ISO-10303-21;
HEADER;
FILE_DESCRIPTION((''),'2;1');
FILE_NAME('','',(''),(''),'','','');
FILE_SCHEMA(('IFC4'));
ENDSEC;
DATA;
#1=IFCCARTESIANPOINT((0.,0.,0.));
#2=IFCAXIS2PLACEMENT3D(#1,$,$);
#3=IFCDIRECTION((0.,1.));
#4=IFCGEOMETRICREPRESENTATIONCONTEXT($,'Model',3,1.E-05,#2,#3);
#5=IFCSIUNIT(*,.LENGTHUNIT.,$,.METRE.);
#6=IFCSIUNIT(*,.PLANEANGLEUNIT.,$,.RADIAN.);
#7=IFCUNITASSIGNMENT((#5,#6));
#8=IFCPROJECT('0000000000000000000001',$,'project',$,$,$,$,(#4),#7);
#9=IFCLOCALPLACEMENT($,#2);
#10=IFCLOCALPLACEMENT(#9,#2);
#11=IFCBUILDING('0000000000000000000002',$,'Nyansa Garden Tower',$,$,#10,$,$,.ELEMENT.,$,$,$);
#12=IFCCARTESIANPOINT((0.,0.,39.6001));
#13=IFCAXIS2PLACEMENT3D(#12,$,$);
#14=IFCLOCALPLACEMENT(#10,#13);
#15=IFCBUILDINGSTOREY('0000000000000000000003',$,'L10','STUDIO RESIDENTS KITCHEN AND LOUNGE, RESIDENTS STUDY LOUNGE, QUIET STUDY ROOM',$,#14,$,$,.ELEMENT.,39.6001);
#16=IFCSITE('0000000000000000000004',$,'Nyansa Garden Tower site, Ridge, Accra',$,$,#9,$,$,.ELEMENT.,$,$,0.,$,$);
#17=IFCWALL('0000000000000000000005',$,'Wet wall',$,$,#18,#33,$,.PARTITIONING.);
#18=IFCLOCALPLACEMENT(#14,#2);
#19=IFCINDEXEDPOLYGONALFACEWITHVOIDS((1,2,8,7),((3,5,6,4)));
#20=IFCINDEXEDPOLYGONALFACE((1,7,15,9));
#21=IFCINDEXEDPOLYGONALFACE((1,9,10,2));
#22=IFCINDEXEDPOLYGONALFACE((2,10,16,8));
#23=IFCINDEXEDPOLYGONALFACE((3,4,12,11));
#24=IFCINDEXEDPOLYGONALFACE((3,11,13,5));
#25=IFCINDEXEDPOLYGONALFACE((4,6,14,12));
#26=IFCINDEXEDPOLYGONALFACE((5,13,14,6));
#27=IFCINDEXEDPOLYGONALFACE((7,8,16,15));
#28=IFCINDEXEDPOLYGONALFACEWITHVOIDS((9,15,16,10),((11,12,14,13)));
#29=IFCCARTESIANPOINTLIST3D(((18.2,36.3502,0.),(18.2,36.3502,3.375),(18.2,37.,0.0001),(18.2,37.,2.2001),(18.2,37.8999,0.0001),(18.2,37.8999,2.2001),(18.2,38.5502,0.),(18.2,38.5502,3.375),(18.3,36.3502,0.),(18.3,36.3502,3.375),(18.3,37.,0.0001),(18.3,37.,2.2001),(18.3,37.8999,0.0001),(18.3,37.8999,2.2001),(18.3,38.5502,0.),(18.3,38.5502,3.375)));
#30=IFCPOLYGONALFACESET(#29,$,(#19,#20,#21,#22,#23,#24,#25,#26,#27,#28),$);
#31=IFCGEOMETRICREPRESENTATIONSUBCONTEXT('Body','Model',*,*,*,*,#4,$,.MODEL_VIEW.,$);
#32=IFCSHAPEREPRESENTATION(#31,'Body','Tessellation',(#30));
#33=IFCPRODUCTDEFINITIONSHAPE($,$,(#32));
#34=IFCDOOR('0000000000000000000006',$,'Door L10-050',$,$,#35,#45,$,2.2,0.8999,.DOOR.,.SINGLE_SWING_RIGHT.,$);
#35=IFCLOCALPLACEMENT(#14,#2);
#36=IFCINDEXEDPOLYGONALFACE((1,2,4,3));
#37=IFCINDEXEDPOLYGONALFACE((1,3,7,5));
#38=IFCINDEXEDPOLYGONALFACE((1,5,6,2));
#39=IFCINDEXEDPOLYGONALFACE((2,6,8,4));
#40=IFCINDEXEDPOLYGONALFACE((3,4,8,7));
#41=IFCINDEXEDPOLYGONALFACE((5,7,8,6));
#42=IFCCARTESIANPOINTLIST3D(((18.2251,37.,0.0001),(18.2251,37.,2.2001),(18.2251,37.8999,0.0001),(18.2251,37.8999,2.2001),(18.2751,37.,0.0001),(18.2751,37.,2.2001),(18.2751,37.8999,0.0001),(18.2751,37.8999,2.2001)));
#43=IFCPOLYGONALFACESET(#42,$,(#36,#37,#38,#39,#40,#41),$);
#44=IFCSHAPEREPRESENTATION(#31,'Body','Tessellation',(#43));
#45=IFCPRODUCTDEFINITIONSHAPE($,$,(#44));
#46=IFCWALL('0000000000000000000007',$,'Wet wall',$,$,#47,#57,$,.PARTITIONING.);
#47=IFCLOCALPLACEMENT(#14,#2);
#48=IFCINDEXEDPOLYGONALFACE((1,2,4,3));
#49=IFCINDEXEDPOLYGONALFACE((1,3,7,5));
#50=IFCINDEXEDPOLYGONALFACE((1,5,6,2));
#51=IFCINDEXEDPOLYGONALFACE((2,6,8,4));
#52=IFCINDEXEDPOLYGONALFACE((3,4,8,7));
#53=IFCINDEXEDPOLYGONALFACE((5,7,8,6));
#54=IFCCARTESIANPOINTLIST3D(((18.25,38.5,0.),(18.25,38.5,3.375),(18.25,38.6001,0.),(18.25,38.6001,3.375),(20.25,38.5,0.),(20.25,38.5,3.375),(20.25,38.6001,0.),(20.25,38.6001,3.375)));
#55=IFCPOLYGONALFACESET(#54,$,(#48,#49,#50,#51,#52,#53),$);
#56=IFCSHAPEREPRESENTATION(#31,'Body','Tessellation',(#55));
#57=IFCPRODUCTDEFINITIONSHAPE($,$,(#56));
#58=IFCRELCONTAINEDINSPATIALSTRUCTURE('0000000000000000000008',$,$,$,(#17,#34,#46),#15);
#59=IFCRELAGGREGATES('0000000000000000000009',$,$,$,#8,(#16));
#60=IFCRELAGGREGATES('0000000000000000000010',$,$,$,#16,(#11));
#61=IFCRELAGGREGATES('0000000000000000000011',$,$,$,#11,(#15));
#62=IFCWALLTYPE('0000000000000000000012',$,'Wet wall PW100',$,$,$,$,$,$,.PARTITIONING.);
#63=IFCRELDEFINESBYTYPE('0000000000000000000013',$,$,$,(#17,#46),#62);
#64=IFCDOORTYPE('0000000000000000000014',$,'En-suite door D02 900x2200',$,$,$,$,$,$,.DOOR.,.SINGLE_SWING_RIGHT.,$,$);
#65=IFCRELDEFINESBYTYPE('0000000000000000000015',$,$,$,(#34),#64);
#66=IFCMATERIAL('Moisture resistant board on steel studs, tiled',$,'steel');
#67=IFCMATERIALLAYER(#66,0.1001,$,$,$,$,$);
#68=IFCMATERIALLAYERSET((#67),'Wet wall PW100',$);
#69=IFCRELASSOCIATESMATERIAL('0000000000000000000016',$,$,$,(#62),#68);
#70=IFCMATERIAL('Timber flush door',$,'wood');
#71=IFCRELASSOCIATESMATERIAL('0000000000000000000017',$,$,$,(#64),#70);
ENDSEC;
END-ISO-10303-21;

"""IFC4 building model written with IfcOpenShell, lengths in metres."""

from ifc_helpers import new_model, si_unit, direction, frame, frame_2d, origin, place, context, subcontext, project, spatial, rectangle, extrude, material, layer, layer_set, type_object, element, fill, save


model = new_model("IFC4")

# Units and contexts
model_context = context("Model", 3, precision=1e-05, world=origin(), true_north=direction((0.0, 1.0)))
body_context = subcontext(model_context, "Body", "Model", "MODEL_VIEW")
ifc_project = project(units=[si_unit("LENGTHUNIT", "METRE"), si_unit("PLANEANGLEUNIT", "RADIAN")], contexts=[model_context])

# Site, building, storey
site_placement = place(None, origin())
site = spatial("IfcSite", under=ifc_project, at=site_placement, Name="Nyansa Garden Tower site, Ridge, Accra", CompositionType="ELEMENT", RefElevation=0.0)
building_placement = place(site_placement, origin())
building = spatial("IfcBuilding", under=site, at=building_placement, Name="Nyansa Garden Tower", CompositionType="ELEMENT")
storey_placement = place(building_placement, frame((0.0, 0.0, 39.6001)))
storey = spatial("IfcBuildingStorey", under=building, at=storey_placement, Name="L10", Description="STUDIO RESIDENTS KITCHEN AND LOUNGE, RESIDENTS STUDY LOUNGE, QUIET STUDY ROOM", CompositionType="ELEMENT", Elevation=39.6001)

# Shared definitions
ifc_material_1 = material(Name="Moisture resistant board on steel studs, tiled", Category="steel")
ifc_layer_1 = layer(ifc_material_1, 0.1001)
ifc_layer_set_1 = layer_set([ifc_layer_1], Name="Wet wall PW100")
wall_type_1 = type_object("IfcWallType", Name="Wet wall PW100", PredefinedType="PARTITIONING", material=ifc_layer_set_1)
ifc_material_2 = material(Name="Timber flush door", Category="wood")
door_type_1 = type_object("IfcDoorType", Name="En-suite door D02 900x2200", OperationType="SINGLE_SWING_RIGHT", PredefinedType="DOOR", material=ifc_material_2)

# Wall, opening, door
wall_1_placement = place(storey_placement, frame((18.25, 36.3501, 0.0), z_axis=(0.0, 0.0, 1.0), x_axis=(0.0, 1.0, 0.0)))
wall_1 = element("IfcWall", 1, at=wall_1_placement, inside=storey, type_object=wall_type_1, Name="Wet wall", PredefinedType="PARTITIONING", context=body_context, shape_type="SweptSolid", body=[
    extrude(rectangle(XDim=2.2, YDim=0.1001, at=frame_2d((1.1001, 0.0))), origin(), (0.0, 0.0, 1.0), 3.375),
])
opening_1_placement = place(wall_1_placement, frame((0.6499, 0.0, 0.0)))
opening_1 = element("IfcOpeningElement", 2, at=opening_1_placement, cuts=wall_1, PredefinedType="OPENING", context=body_context, shape_type="SweptSolid", body=[
    extrude(rectangle(XDim=0.8999, YDim=2.2, at=frame_2d((0.45, 1.1001))), frame((0.0, 0.0601, 0.0), z_axis=(0.0, -1.0, 0.0), x_axis=(1.0, 0.0, 0.0)), (0.0, 0.0, 1.0), 0.1201),
])
door_1_placement = place(opening_1_placement, origin())
door_1 = element("IfcDoor", 3, at=door_1_placement, inside=storey, type_object=door_type_1, Name="Door L10-050", OperationType="SINGLE_SWING_RIGHT", OverallHeight=2.2, OverallWidth=0.8999, PredefinedType="DOOR", context=body_context, shape_type="SweptSolid", body=[
    extrude(rectangle(XDim=0.8999, YDim=2.2, at=frame_2d((0.45, 1.1001))), frame((0.0, 0.0249, 0.0), z_axis=(0.0, -1.0, 0.0), x_axis=(1.0, 0.0, 0.0)), (0.0, 0.0, 1.0), 0.05),
])
fill(opening_1, door_1)

# Wall
wall_2_placement = place(storey_placement, frame((18.25, 38.55, 0.0), z_axis=(0.0, 0.0, 1.0), x_axis=(1.0, 0.0, 0.0)))
element("IfcWall", 4, at=wall_2_placement, inside=storey, type_object=wall_type_1, Name="Wet wall", PredefinedType="PARTITIONING", context=body_context, shape_type="SweptSolid", body=[
    extrude(rectangle(XDim=2.0, YDim=0.1001, at=frame_2d((1.0, 0.0))), origin(), (0.0, 0.0, 1.0), 3.375),
])

save(model, "model.ifc")
